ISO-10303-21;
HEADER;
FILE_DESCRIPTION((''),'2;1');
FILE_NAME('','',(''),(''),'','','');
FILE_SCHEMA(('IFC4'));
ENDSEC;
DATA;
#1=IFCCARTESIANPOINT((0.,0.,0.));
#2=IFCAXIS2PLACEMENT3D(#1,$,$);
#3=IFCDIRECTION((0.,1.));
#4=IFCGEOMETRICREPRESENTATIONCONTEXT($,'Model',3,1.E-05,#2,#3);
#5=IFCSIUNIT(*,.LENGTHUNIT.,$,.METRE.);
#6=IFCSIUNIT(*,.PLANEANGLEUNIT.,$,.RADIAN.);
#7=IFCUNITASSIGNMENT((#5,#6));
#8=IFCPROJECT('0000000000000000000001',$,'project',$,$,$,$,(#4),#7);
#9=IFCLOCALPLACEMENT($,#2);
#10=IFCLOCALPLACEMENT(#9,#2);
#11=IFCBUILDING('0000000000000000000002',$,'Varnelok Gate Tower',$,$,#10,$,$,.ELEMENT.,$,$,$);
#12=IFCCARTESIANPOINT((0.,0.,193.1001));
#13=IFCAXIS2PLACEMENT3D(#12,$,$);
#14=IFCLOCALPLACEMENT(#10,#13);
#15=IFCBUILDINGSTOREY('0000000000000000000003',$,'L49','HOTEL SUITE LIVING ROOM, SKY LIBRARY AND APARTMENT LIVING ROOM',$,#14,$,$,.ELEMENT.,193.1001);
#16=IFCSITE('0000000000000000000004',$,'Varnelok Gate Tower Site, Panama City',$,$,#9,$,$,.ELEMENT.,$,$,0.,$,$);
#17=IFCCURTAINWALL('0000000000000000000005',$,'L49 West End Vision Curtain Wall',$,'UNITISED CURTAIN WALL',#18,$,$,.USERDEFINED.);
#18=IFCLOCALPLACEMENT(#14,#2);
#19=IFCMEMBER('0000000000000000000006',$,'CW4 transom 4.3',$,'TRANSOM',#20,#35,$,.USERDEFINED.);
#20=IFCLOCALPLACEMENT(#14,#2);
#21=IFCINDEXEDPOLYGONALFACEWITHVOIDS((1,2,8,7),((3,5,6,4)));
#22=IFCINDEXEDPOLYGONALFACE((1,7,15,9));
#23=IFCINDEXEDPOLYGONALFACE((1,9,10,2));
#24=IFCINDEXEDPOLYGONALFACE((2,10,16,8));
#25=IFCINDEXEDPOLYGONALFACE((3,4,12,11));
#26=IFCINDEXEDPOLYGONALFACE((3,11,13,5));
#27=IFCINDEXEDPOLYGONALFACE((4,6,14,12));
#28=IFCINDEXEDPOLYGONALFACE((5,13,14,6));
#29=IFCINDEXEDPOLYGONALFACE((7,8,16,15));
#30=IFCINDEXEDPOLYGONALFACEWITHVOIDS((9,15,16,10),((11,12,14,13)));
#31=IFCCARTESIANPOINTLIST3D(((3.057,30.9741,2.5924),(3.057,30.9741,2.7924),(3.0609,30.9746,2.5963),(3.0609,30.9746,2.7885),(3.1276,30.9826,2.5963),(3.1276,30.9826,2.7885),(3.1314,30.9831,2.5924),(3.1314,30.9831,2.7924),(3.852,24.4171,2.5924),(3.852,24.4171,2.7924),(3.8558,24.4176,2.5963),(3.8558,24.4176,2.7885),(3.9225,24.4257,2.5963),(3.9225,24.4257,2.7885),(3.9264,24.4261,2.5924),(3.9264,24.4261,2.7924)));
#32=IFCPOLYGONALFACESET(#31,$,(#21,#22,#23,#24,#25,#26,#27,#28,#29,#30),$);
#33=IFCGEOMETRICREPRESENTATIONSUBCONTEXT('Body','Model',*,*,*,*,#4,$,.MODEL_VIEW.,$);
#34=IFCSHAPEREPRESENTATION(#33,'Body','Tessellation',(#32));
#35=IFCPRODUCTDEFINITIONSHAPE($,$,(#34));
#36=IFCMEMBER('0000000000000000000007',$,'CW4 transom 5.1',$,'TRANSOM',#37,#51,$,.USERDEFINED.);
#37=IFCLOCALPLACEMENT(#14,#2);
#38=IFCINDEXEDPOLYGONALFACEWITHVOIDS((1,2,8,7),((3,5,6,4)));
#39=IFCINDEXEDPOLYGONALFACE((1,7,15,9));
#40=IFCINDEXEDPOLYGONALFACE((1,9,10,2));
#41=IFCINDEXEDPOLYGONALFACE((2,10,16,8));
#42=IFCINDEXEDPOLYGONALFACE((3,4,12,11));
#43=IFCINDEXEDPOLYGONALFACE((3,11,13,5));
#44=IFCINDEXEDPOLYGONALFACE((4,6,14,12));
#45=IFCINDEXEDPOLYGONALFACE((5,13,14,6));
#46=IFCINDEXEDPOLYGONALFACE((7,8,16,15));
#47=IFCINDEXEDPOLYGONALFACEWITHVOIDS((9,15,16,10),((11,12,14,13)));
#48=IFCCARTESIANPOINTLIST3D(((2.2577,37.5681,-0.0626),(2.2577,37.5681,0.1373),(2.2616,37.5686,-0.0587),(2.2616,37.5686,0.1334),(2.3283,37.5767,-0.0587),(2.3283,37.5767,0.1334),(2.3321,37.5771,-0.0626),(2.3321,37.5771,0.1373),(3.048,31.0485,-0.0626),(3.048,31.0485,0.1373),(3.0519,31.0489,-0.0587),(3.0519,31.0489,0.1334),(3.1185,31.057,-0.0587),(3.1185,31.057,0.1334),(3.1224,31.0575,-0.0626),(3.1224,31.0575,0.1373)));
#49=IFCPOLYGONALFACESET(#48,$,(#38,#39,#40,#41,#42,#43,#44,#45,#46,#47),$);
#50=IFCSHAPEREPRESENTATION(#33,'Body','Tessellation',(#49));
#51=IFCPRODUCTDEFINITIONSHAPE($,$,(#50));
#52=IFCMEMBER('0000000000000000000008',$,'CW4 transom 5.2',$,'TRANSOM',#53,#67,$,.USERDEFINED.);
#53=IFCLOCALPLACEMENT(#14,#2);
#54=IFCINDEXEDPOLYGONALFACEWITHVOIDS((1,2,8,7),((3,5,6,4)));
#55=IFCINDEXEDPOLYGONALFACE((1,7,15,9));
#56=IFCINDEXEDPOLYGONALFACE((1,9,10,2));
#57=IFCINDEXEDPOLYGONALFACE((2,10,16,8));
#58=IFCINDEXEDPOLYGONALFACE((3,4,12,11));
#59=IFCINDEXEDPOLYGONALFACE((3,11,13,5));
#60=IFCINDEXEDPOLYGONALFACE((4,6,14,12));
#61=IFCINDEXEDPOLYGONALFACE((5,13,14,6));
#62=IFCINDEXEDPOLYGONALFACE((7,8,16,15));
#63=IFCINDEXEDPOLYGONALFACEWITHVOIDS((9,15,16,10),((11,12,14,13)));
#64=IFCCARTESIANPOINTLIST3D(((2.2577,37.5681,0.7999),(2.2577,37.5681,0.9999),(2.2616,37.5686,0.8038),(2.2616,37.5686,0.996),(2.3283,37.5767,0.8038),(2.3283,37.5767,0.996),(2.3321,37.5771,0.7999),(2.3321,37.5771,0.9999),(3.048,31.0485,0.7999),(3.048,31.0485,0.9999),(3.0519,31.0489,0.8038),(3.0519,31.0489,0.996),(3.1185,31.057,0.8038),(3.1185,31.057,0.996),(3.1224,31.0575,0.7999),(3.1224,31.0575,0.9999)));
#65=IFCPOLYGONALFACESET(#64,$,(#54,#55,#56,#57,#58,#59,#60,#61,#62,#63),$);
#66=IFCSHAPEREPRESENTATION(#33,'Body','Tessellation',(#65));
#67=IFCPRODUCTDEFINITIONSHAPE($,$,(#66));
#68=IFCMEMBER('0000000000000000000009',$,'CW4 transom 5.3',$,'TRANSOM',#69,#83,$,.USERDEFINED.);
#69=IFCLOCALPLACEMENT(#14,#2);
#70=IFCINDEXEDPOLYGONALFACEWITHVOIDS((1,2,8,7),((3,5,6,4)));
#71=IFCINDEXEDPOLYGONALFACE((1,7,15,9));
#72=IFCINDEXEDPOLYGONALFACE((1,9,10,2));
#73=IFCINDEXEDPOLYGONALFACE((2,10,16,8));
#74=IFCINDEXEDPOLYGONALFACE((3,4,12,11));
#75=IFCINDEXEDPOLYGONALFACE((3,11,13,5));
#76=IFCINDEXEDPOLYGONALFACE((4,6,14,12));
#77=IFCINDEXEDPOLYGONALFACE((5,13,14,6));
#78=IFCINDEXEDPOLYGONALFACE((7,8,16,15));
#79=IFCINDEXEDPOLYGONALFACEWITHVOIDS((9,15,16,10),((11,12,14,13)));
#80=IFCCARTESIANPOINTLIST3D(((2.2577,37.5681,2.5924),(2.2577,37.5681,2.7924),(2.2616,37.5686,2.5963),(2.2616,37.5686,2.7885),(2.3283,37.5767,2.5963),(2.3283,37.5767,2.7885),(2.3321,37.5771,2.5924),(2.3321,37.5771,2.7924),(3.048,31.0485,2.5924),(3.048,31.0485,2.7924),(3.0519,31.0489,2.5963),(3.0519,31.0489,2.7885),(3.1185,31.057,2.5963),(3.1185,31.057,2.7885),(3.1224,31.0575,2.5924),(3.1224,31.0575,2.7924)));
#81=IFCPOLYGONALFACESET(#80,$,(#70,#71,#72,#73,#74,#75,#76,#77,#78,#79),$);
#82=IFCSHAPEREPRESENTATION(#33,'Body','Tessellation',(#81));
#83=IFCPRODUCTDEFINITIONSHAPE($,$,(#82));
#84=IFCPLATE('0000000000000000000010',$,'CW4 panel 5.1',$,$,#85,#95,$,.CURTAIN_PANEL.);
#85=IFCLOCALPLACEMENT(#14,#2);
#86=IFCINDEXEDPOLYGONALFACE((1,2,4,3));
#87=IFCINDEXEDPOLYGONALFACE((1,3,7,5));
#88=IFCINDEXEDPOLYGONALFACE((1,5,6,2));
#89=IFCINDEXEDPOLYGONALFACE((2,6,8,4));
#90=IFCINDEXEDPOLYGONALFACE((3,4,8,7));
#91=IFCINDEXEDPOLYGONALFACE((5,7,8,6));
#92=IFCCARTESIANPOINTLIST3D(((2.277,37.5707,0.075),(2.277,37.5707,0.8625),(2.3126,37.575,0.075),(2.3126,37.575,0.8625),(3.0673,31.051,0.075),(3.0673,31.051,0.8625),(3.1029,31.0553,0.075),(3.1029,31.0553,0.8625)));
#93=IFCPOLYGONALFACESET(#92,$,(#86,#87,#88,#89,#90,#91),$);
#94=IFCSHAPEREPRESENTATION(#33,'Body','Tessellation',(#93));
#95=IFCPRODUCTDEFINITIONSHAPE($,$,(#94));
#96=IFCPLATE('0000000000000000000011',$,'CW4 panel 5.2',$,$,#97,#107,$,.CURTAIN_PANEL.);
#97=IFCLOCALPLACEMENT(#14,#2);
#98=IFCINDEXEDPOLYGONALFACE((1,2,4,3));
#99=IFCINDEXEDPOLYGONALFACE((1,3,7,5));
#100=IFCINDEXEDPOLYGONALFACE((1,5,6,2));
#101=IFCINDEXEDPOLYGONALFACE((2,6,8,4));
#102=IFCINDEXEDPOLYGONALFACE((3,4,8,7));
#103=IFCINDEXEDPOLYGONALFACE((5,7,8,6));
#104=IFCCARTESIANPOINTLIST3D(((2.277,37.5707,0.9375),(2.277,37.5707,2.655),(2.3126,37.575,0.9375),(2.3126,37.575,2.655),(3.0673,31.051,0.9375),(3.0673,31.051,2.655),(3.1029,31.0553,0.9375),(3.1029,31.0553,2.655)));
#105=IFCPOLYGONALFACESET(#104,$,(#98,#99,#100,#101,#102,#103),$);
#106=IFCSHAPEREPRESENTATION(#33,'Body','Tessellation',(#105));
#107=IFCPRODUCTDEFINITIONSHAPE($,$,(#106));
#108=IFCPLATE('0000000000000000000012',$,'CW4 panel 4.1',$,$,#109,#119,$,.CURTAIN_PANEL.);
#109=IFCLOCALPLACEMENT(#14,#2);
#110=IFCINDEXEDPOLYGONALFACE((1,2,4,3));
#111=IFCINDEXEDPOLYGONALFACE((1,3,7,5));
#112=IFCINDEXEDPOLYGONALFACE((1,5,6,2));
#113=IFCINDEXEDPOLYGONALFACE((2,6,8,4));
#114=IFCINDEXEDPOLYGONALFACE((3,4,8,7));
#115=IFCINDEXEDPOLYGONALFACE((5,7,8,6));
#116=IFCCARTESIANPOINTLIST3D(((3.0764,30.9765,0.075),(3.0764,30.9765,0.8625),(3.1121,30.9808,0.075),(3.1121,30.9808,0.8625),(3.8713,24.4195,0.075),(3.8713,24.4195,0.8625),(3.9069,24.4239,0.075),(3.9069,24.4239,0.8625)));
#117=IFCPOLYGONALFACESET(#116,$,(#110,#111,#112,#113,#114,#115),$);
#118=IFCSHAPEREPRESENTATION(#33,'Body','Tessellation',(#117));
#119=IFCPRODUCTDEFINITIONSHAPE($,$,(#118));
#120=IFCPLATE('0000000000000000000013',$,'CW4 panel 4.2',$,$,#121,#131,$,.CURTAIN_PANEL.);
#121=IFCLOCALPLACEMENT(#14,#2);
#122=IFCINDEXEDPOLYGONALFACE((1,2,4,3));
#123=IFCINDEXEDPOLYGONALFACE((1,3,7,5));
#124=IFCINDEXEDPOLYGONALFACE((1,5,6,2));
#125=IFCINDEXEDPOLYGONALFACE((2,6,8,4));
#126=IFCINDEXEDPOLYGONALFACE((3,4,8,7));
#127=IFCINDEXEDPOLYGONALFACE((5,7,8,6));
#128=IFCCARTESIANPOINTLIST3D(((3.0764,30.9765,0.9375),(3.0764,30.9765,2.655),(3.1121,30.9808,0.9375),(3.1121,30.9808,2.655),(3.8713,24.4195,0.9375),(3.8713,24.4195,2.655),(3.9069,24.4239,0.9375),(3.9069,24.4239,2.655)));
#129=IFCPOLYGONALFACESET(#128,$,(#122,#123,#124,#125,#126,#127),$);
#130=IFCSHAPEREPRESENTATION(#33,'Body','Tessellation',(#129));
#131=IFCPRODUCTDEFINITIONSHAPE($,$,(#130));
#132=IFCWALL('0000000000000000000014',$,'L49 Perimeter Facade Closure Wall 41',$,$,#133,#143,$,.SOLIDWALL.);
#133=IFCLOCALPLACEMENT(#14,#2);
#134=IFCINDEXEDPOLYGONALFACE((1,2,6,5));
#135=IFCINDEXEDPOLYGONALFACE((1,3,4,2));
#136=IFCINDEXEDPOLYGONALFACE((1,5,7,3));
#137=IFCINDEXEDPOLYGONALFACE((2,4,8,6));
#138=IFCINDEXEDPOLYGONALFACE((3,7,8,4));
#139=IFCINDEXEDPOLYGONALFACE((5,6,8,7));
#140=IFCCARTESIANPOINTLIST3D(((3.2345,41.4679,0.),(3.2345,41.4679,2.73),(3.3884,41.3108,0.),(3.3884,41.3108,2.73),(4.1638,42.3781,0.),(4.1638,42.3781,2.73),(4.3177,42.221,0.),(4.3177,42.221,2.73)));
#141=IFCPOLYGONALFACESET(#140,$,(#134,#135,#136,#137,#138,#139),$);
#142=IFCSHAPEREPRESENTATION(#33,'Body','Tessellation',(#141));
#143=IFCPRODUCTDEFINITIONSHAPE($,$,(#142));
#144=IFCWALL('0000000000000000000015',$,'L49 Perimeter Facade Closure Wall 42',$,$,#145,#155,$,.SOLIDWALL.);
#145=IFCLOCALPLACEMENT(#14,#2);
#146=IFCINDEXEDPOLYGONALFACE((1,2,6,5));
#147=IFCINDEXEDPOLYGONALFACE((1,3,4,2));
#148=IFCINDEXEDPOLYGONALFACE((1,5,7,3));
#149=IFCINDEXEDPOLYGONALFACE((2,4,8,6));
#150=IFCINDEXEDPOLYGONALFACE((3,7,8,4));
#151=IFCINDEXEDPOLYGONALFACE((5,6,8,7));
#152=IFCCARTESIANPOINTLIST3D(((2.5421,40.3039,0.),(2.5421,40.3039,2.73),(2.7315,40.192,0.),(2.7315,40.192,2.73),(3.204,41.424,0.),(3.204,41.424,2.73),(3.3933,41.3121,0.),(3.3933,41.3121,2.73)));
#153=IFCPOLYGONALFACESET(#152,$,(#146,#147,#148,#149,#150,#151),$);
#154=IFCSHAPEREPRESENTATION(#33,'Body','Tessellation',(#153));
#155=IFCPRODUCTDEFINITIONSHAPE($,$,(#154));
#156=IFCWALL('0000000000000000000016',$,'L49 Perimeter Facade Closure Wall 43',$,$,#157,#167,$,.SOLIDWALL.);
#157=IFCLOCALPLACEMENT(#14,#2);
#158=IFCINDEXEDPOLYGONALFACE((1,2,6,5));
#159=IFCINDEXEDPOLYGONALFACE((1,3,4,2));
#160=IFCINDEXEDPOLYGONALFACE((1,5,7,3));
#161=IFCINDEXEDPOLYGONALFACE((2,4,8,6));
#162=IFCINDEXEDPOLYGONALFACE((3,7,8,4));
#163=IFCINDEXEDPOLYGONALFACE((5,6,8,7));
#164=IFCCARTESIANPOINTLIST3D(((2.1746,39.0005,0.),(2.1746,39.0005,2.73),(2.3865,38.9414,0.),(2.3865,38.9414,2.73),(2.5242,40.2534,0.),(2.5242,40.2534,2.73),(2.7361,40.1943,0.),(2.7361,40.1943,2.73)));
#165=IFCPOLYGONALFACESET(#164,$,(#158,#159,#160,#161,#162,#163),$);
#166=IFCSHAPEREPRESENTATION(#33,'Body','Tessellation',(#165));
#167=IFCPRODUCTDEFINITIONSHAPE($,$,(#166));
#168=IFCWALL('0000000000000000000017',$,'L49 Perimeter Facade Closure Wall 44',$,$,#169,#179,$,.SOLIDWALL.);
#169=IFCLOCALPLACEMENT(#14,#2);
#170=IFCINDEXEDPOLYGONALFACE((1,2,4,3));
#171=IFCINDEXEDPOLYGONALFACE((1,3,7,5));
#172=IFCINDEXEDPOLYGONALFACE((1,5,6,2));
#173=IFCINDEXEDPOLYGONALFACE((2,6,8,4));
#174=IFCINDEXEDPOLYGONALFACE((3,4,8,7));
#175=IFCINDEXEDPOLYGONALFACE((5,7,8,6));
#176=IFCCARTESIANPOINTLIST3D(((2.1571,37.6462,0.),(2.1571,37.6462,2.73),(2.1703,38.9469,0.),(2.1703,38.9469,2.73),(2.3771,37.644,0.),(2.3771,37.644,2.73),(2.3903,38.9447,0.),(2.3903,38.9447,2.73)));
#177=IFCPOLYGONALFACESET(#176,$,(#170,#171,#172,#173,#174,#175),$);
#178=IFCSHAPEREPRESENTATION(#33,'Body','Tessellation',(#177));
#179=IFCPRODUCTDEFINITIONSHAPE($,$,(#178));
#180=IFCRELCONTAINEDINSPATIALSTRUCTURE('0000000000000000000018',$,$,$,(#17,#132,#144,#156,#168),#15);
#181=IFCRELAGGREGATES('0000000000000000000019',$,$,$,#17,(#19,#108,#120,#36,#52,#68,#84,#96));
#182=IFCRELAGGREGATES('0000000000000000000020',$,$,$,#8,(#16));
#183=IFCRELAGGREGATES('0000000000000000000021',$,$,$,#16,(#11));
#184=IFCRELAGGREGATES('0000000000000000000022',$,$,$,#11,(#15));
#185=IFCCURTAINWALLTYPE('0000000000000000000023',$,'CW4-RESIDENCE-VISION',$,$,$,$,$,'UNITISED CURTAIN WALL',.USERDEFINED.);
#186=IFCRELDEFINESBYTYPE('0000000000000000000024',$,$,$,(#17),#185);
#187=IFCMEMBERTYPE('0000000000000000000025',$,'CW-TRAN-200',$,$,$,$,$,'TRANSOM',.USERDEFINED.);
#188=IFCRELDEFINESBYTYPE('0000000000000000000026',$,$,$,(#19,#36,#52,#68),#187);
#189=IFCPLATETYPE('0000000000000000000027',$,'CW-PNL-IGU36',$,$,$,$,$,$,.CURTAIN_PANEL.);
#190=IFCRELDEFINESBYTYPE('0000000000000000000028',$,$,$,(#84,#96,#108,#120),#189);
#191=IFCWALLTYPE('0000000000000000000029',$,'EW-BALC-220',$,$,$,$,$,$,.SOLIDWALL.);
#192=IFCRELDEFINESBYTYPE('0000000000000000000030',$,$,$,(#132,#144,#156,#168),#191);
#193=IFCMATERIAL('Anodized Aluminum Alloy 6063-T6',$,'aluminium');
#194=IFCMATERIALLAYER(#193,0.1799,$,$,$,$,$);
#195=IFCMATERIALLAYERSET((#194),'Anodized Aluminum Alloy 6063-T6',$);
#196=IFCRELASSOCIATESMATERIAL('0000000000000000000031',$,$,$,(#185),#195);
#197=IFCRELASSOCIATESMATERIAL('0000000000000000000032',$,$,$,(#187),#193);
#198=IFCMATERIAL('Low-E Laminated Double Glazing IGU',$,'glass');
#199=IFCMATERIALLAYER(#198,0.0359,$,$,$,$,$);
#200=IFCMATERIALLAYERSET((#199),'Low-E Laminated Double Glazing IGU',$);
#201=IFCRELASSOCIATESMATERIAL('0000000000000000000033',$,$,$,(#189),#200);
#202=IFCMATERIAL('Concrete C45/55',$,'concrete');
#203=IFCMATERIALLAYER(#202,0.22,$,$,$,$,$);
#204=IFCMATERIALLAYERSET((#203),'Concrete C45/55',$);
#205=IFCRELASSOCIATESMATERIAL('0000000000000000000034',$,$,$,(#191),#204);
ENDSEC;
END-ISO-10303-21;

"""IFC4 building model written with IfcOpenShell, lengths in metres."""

from ifc_helpers import new_model, si_unit, direction, frame, frame_2d, origin, origin_2d, place, context, subcontext, project, spatial, rectangle, hollow_rectangle, extrude, source, transform, mapped, material, layer, layer_set, material_profile, profile_set, type_object, element, aggregate, save


model = new_model("IFC4")

# Units and contexts
model_context = context("Model", 3, precision=1e-05, world=origin(), true_north=direction((0.0, 1.0)))
body_context = subcontext(model_context, "Body", "Model", "MODEL_VIEW")
ifc_project = project(units=[si_unit("LENGTHUNIT", "METRE"), si_unit("PLANEANGLEUNIT", "RADIAN")], contexts=[model_context])

# Site, building, storey
site_placement = place(None, origin())
site = spatial("IfcSite", under=ifc_project, at=site_placement, Name="Varnelok Gate Tower Site, Panama City", CompositionType="ELEMENT", RefElevation=0.0)
building_placement = place(site_placement, origin())
building = spatial("IfcBuilding", under=site, at=building_placement, Name="Varnelok Gate Tower", CompositionType="ELEMENT")
storey_placement = place(building_placement, frame((0.0, 0.0, 193.1001)))
storey = spatial("IfcBuildingStorey", under=building, at=storey_placement, Name="L49", Description="HOTEL SUITE LIVING ROOM, SKY LIBRARY AND APARTMENT LIVING ROOM", CompositionType="ELEMENT", Elevation=193.1001)

# Curtain wall, members, plates
ifc_material_1 = material(Name="Anodized Aluminum Alloy 6063-T6", Category="aluminium")
ifc_layer_1 = layer(ifc_material_1, 0.1799)
ifc_layer_set_1 = layer_set([ifc_layer_1], Name="Anodized Aluminum Alloy 6063-T6")
curtain_wall_type = type_object("IfcCurtainWallType", Name="CW4-RESIDENCE-VISION", ElementType="UNITISED CURTAIN WALL", PredefinedType="USERDEFINED", material=ifc_layer_set_1)
curtain_wall_placement = place(storey_placement, origin())
curtain_wall = element("IfcCurtainWall", 1, at=curtain_wall_placement, inside=storey, type_object=curtain_wall_type, Name="L49 West End Vision Curtain Wall", ObjectType="UNITISED CURTAIN WALL", PredefinedType="USERDEFINED")
ifc_material_profile_1 = material_profile(ifc_material_1, hollow_rectangle(XDim=0.075, YDim=0.2, WallThickness=0.0039, at=origin_2d()), Name="ALU200X75X4")
ifc_profile_set_1 = profile_set([ifc_material_profile_1], Name="Anodized Aluminum Alloy 6063-T6")
member_type_1 = type_object("IfcMemberType", Name="CW-TRAN-200", ElementType="TRANSOM", PredefinedType="USERDEFINED", material=ifc_profile_set_1)
member_1_placement = place(storey_placement, frame((3.8892, 24.4216, 2.6924), z_axis=(-0.120353, 0.992731, 0.0), x_axis=(-0.992731, -0.120353, 0.0)))
member_1 = element("IfcMember", 2, at=member_1_placement, type_object=member_type_1, Name="CW4 transom 4.3", ObjectType="TRANSOM", PredefinedType="USERDEFINED", context=body_context, shape_type="SweptSolid", body=[
    extrude(hollow_rectangle(XDim=0.075, YDim=0.2, WallThickness=0.0039, at=origin_2d()), origin(), (0.0, 0.0, 1.0), 6.605),
])
member_2_placement = place(storey_placement, frame((3.0852, 31.053, 0.0374), z_axis=(-0.120332, 0.992734, 0.0), x_axis=(-0.992734, -0.120332, 0.0)))
member_2 = element("IfcMember", 3, at=member_2_placement, type_object=member_type_1, Name="CW4 transom 5.1", ObjectType="TRANSOM", PredefinedType="USERDEFINED", context=body_context, shape_type="SweptSolid", body=[
    extrude(hollow_rectangle(XDim=0.075, YDim=0.2, WallThickness=0.0039, at=origin_2d()), origin(), (0.0, 0.0, 1.0), 6.5674),
])
member_3_placement = place(storey_placement, frame((3.0852, 31.053, 0.8999), z_axis=(-0.120332, 0.992734, 0.0), x_axis=(-0.992734, -0.120332, 0.0)))
member_3 = element("IfcMember", 4, at=member_3_placement, type_object=member_type_1, Name="CW4 transom 5.2", ObjectType="TRANSOM", PredefinedType="USERDEFINED", context=body_context, shape_type="SweptSolid", body=[
    extrude(hollow_rectangle(XDim=0.075, YDim=0.2, WallThickness=0.0039, at=origin_2d()), origin(), (0.0, 0.0, 1.0), 6.5674),
])
member_4_placement = place(storey_placement, frame((3.0852, 31.053, 2.6924), z_axis=(-0.120332, 0.992734, 0.0), x_axis=(-0.992734, -0.120332, 0.0)))
member_4 = element("IfcMember", 5, at=member_4_placement, type_object=member_type_1, Name="CW4 transom 5.3", ObjectType="TRANSOM", PredefinedType="USERDEFINED", context=body_context, shape_type="SweptSolid", body=[
    extrude(hollow_rectangle(XDim=0.075, YDim=0.2, WallThickness=0.0039, at=origin_2d()), origin(), (0.0, 0.0, 1.0), 6.5674),
])
ifc_material_2 = material(Name="Low-E Laminated Double Glazing IGU", Category="glass")
ifc_layer_2 = layer(ifc_material_2, 0.0359)
ifc_layer_set_2 = layer_set([ifc_layer_2], Name="Low-E Laminated Double Glazing IGU")
plate_type = type_object("IfcPlateType", Name="CW-PNL-IGU36", PredefinedType="CURTAIN_PANEL", material=ifc_layer_set_2)
shared_shape_1 = source(origin(), body_context, "Body", "SweptSolid", [
    extrude(rectangle(XDim=6.5674, YDim=0.0359, at=origin_2d()), origin(), (0.0, 0.0, 1.0), 0.7876),
])
plate_1_placement = place(storey_placement, frame((2.6899, 34.313, 0.075), z_axis=(0.0, 0.0, 1.0), x_axis=(-0.120345, 0.992732, 0.0)))
plate_1 = element("IfcPlate", 6, at=plate_1_placement, type_object=plate_type, Name="CW4 panel 5.1", PredefinedType="CURTAIN_PANEL", context=body_context, shape_type="MappedRepresentation", body=[
    mapped(shared_shape_1, transform((0.0, 0.0, 0.0), scale=1.0)),
])
shared_shape_2 = source(origin(), body_context, "Body", "SweptSolid", [
    extrude(rectangle(XDim=6.5674, YDim=0.0359, at=origin_2d()), origin(), (0.0, 0.0, 1.0), 1.7175),
])
plate_2_placement = place(storey_placement, frame((2.6899, 34.313, 0.9375), z_axis=(0.0, 0.0, 1.0), x_axis=(-0.120345, 0.992732, 0.0)))
plate_2 = element("IfcPlate", 7, at=plate_2_placement, type_object=plate_type, Name="CW4 panel 5.2", PredefinedType="CURTAIN_PANEL", context=body_context, shape_type="MappedRepresentation", body=[
    mapped(shared_shape_2, transform((0.0, 0.0, 0.0), scale=1.0)),
])
shared_shape_3 = source(origin(), body_context, "Body", "SweptSolid", [
    extrude(rectangle(XDim=6.605, YDim=0.0359, at=origin_2d()), origin(), (0.0, 0.0, 1.0), 0.7876),
])
plate_3_placement = place(storey_placement, frame((3.4917, 27.7002, 0.075), z_axis=(0.0, 0.0, 1.0), x_axis=(-0.120345, 0.992732, 0.0)))
plate_3 = element("IfcPlate", 8, at=plate_3_placement, type_object=plate_type, Name="CW4 panel 4.1", PredefinedType="CURTAIN_PANEL", context=body_context, shape_type="MappedRepresentation", body=[
    mapped(shared_shape_3, transform((0.0, 0.0, 0.0), scale=1.0)),
])
shared_shape_4 = source(origin(), body_context, "Body", "SweptSolid", [
    extrude(rectangle(XDim=6.605, YDim=0.0359, at=origin_2d()), origin(), (0.0, 0.0, 1.0), 1.7175),
])
plate_4_placement = place(storey_placement, frame((3.4917, 27.7002, 0.9375), z_axis=(0.0, 0.0, 1.0), x_axis=(-0.120345, 0.992732, 0.0)))
plate_4 = element("IfcPlate", 9, at=plate_4_placement, type_object=plate_type, Name="CW4 panel 4.2", PredefinedType="CURTAIN_PANEL", context=body_context, shape_type="MappedRepresentation", body=[
    mapped(shared_shape_4, transform((0.0, 0.0, 0.0), scale=1.0)),
])
aggregate(curtain_wall, [member_1, plate_3, plate_4, member_2, member_3, member_4, plate_1, plate_2])

# Walls
ifc_material_3 = material(Name="Concrete C45/55", Category="concrete")
ifc_layer_3 = layer(ifc_material_3, 0.22)
ifc_layer_set_3 = layer_set([ifc_layer_3], Name="Concrete C45/55")
wall_type_1 = type_object("IfcWallType", Name="EW-BALC-220", PredefinedType="SOLIDWALL", material=ifc_layer_set_3)
wall_1_placement = place(storey_placement, frame((4.2407, 42.2996, 0.0), z_axis=(0.0, 0.0, 1.0), x_axis=(-0.714389, -0.699749, 0.0)))
element("IfcWall", 10, at=wall_1_placement, inside=storey, type_object=wall_type_1, Name="L49 Perimeter Facade Closure Wall 41", PredefinedType="SOLIDWALL", context=body_context, shape_type="SweptSolid", body=[
    extrude(rectangle(XDim=1.3008, YDim=0.22, at=frame_2d((0.6504, 0.0))), origin(), (0.0, 0.0, 1.0), 2.73),
])
wall_2_placement = place(storey_placement, frame((3.2986, 41.3679, 0.0), z_axis=(0.0, 0.0, 1.0), x_axis=(-0.508717, -0.860934, 0.0)))
element("IfcWall", 11, at=wall_2_placement, inside=storey, type_object=wall_type_1, Name="L49 Perimeter Facade Closure Wall 42", PredefinedType="SOLIDWALL", context=body_context, shape_type="SweptSolid", body=[
    extrude(rectangle(XDim=1.301, YDim=0.22, at=frame_2d((0.6504, 0.0))), origin(), (0.0, 0.0, 1.0), 2.73),
])
for number, where, z_axis, x_axis, name in (
    (12, (2.6301, 40.2239, 0.0), (0.0, 0.0, 1.0), (-0.268767, -0.963205, 0.0), "L49 Perimeter Facade Closure Wall 43"),
    (13, (2.2803, 38.9458, 0.0), (0.0, 0.0, 1.0), (-0.010135, -0.999949, 0.0), "L49 Perimeter Facade Closure Wall 44"),
):
    element("IfcWall", number, at=place(storey_placement, frame(where, z_axis=z_axis, x_axis=x_axis)), inside=storey, type_object=wall_type_1, Name=name, PredefinedType="SOLIDWALL", context=body_context, shape_type="SweptSolid", body=[
        extrude(rectangle(XDim=1.3008, YDim=0.22, at=frame_2d((0.6504, 0.0))), origin(), (0.0, 0.0, 1.0), 2.73),
    ])

save(model, "model.ifc")
